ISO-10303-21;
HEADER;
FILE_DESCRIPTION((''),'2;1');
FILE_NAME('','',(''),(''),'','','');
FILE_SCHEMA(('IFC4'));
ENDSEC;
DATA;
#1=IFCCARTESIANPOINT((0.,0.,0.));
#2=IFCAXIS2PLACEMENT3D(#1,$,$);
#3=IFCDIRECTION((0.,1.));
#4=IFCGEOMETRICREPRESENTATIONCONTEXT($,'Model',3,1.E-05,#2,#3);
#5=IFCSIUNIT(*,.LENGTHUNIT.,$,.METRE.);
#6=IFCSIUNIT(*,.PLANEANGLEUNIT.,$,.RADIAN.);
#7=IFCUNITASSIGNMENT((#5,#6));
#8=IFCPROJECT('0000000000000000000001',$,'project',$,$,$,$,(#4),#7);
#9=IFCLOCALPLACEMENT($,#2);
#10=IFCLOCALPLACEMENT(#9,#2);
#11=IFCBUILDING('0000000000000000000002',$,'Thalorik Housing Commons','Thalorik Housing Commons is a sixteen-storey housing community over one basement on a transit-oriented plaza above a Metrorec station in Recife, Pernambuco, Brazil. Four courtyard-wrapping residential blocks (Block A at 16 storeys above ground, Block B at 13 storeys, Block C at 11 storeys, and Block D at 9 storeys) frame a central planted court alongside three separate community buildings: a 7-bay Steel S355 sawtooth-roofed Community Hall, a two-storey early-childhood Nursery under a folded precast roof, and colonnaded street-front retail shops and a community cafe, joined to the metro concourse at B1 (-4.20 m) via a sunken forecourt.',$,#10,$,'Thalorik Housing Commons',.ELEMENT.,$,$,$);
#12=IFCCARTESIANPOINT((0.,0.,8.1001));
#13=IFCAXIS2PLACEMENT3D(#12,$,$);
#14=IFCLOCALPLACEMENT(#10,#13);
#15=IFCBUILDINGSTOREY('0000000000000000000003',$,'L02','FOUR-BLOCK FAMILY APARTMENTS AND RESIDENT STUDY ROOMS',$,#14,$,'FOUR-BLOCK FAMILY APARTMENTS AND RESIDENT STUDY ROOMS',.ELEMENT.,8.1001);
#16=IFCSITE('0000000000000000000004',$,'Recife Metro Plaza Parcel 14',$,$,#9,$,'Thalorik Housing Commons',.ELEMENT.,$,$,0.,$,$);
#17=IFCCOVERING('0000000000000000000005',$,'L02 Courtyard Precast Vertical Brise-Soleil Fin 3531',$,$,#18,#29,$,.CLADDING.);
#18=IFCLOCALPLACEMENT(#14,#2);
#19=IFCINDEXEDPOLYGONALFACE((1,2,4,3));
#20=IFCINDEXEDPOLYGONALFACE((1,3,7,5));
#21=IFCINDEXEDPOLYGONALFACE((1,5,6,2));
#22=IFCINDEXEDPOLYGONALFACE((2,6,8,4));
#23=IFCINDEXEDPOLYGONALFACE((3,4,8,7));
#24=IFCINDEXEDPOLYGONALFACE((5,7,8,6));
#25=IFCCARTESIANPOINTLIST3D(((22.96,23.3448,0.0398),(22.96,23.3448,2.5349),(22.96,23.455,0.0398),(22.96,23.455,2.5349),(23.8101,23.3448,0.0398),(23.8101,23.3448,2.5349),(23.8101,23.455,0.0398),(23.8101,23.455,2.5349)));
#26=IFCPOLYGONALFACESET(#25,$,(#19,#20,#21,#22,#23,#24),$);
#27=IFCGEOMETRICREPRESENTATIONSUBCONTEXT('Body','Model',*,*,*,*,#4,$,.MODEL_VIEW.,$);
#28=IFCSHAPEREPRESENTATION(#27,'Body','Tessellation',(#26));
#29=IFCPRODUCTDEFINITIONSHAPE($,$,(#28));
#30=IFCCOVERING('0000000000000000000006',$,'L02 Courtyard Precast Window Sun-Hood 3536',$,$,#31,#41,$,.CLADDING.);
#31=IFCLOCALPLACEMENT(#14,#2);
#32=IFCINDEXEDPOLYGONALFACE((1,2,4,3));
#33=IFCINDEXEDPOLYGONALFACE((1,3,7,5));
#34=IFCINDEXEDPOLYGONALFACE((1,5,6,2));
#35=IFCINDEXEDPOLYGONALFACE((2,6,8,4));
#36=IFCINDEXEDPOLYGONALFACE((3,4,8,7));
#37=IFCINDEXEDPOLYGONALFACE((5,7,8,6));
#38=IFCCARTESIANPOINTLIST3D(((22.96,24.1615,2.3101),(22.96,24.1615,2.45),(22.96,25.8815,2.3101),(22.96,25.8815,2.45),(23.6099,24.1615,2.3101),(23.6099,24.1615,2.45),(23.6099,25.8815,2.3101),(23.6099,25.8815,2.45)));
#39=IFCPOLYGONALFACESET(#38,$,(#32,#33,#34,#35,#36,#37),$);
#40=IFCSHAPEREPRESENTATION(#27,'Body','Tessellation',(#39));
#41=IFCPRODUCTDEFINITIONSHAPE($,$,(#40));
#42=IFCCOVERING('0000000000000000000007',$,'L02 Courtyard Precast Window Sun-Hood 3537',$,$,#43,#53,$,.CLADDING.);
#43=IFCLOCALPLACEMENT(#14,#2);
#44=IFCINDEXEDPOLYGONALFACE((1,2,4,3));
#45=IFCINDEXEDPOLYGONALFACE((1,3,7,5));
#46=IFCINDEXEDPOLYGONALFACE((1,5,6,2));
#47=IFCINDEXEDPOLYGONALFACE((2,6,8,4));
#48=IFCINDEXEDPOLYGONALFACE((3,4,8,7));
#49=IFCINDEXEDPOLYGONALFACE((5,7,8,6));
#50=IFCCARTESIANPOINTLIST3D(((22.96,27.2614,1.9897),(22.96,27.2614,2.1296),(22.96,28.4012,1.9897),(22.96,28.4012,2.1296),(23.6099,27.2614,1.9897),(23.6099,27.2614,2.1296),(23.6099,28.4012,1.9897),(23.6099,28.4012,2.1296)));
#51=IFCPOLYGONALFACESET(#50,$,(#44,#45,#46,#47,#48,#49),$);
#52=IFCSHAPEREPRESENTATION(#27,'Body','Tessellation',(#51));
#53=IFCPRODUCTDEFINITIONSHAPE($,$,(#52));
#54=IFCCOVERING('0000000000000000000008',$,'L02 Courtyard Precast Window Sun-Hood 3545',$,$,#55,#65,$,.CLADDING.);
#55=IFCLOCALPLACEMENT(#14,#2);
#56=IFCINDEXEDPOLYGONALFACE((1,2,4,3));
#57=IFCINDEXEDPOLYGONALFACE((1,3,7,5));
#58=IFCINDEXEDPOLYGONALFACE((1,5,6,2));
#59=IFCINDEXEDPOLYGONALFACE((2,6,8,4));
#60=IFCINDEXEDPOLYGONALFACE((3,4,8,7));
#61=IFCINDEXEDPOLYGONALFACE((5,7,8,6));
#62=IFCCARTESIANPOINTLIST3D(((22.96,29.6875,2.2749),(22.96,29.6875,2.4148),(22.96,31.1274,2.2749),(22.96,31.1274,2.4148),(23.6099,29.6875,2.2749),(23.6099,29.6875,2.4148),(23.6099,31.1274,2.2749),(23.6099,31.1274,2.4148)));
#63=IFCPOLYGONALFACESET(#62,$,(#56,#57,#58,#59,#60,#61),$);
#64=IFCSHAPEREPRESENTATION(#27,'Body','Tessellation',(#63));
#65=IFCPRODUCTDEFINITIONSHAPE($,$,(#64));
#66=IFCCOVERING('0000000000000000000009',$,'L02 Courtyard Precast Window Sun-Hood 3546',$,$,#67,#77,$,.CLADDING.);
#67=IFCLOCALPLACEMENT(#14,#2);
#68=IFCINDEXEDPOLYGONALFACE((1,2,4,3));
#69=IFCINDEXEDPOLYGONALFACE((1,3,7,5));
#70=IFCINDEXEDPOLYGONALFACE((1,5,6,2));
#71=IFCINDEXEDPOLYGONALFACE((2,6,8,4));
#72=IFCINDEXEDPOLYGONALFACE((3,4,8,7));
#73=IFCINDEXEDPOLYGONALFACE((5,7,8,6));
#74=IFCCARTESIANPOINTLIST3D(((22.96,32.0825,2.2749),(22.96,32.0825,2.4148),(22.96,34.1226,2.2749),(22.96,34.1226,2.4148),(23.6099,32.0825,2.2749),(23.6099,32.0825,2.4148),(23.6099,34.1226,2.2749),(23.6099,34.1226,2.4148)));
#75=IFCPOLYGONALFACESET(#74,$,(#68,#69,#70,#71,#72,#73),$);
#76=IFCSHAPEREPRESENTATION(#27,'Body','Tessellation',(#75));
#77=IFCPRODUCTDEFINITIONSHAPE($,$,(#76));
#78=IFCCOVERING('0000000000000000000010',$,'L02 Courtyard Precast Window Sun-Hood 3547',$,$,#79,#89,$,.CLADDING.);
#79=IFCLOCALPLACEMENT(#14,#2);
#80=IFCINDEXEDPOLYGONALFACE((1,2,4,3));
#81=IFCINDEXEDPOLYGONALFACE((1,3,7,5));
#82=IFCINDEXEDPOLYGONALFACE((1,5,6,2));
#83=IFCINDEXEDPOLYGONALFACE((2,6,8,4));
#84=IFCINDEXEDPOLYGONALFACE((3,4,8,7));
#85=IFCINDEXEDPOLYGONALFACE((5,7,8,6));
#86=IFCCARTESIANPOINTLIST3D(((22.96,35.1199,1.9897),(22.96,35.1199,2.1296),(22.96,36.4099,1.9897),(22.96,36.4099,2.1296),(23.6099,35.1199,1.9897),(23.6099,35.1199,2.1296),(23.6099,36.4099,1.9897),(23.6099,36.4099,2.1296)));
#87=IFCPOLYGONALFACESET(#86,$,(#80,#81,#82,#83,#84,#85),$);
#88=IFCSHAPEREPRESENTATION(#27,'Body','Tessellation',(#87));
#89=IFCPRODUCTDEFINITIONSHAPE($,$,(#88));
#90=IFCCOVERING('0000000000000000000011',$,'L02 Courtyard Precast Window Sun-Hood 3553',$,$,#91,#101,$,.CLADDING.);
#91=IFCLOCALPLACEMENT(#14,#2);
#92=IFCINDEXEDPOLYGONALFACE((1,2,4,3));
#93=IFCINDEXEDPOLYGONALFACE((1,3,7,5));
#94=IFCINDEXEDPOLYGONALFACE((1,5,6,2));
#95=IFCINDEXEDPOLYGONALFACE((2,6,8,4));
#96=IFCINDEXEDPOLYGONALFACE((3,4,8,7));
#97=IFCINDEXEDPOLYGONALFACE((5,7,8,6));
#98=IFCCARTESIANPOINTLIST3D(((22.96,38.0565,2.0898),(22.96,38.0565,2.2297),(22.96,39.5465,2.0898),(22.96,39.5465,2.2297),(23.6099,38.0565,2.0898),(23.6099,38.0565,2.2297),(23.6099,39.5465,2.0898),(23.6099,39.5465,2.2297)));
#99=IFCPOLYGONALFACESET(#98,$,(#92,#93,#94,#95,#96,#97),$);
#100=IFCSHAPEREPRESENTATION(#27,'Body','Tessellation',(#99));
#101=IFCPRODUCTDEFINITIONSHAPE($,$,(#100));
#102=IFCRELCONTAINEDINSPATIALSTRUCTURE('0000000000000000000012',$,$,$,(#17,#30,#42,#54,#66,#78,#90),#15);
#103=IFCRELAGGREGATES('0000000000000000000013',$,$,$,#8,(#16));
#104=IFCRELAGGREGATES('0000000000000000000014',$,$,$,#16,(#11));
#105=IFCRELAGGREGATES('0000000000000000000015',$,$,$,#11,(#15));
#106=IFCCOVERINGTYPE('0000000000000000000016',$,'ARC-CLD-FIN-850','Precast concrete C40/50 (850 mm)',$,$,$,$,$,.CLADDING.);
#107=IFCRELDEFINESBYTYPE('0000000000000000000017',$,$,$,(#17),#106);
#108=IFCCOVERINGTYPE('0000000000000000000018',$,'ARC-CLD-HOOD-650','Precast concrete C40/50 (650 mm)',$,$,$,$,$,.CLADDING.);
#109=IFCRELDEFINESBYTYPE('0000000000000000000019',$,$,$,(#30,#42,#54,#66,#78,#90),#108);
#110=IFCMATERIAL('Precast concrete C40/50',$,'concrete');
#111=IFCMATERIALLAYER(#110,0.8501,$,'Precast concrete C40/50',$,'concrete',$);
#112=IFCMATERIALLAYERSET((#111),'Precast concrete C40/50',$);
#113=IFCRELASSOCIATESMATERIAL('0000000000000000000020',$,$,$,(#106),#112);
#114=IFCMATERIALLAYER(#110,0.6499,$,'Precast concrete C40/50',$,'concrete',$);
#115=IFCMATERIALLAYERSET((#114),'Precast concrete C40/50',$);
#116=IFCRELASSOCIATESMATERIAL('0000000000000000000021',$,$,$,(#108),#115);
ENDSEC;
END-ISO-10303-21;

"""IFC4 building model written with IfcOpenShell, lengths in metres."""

from ifc_helpers import new_model, si_unit, direction, frame, origin, origin_2d, place, context, subcontext, project, spatial, rectangle, extrude, material, layer, layer_set, type_object, element, save


model = new_model("IFC4")

# Units and contexts
model_context = context("Model", 3, precision=1e-05, world=origin(), true_north=direction((0.0, 1.0)))
body_context = subcontext(model_context, "Body", "Model", "MODEL_VIEW")
ifc_project = project(units=[si_unit("LENGTHUNIT", "METRE"), si_unit("PLANEANGLEUNIT", "RADIAN")], contexts=[model_context])

# Site, building, storey
site_placement = place(None, origin())
site = spatial("IfcSite", under=ifc_project, at=site_placement, Name="Recife Metro Plaza Parcel 14", LongName="Thalorik Housing Commons", CompositionType="ELEMENT", RefElevation=0.0)
building_placement = place(site_placement, origin())
building = spatial("IfcBuilding", under=site, at=building_placement, Name="Thalorik Housing Commons", Description="Thalorik Housing Commons is a sixteen-storey housing community over one basement on a transit-oriented plaza above a Metrorec station in Recife, Pernambuco, Brazil. Four courtyard-wrapping residential blocks (Block A at 16 storeys above ground, Block B at 13 storeys, Block C at 11 storeys, and Block D at 9 storeys) frame a central planted court alongside three separate community buildings: a 7-bay Steel S355 sawtooth-roofed Community Hall, a two-storey early-childhood Nursery under a folded precast roof, and colonnaded street-front retail shops and a community cafe, joined to the metro concourse at B1 (-4.20 m) via a sunken forecourt.", LongName="Thalorik Housing Commons", CompositionType="ELEMENT")
storey_placement = place(building_placement, frame((0.0, 0.0, 8.1001)))
storey = spatial("IfcBuildingStorey", under=building, at=storey_placement, Name="L02", Description="FOUR-BLOCK FAMILY APARTMENTS AND RESIDENT STUDY ROOMS", LongName="FOUR-BLOCK FAMILY APARTMENTS AND RESIDENT STUDY ROOMS", CompositionType="ELEMENT", Elevation=8.1001)

# Shared definitions
ifc_material_1 = material(Name="Precast concrete C40/50", Category="concrete")

# Coverings
ifc_layer_1 = layer(ifc_material_1, 0.8501, Name="Precast concrete C40/50", Category="concrete")
ifc_layer_set_1 = layer_set([ifc_layer_1], Name="Precast concrete C40/50")
covering_type_1 = type_object("IfcCoveringType", Name="ARC-CLD-FIN-850", Description="Precast concrete C40/50 (850 mm)", PredefinedType="CLADDING", material=ifc_layer_set_1)
covering_1_placement = place(storey_placement, frame((23.385, 23.3999, 0.0398), z_axis=(0.0, 0.0, 1.0), x_axis=(0.0, 1.0, 0.0)))
element("IfcCovering", 1, at=covering_1_placement, inside=storey, type_object=covering_type_1, Name="L02 Courtyard Precast Vertical Brise-Soleil Fin 3531", PredefinedType="CLADDING", context=body_context, shape_type="SweptSolid", body=[
    extrude(rectangle(XDim=0.1101, YDim=0.8501, at=origin_2d()), origin(), (0.0, 0.0, 1.0), 2.4951),
])
ifc_layer_2 = layer(ifc_material_1, 0.6499, Name="Precast concrete C40/50", Category="concrete")
ifc_layer_set_2 = layer_set([ifc_layer_2], Name="Precast concrete C40/50")
covering_type_2 = type_object("IfcCoveringType", Name="ARC-CLD-HOOD-650", Description="Precast concrete C40/50 (650 mm)", PredefinedType="CLADDING", material=ifc_layer_set_2)
covering_2_placement = place(storey_placement, frame((23.2849, 25.0215, 2.3101), z_axis=(0.0, 0.0, 1.0), x_axis=(0.0, 1.0, 0.0)))
element("IfcCovering", 2, at=covering_2_placement, inside=storey, type_object=covering_type_2, Name="L02 Courtyard Precast Window Sun-Hood 3536", PredefinedType="CLADDING", context=body_context, shape_type="SweptSolid", body=[
    extrude(rectangle(XDim=1.72, YDim=0.6499, at=origin_2d()), origin(), (0.0, 0.0, 1.0), 0.1399),
])
covering_3_placement = place(storey_placement, frame((23.2849, 27.8313, 1.9897), z_axis=(0.0, 0.0, 1.0), x_axis=(0.0, 1.0, 0.0)))
element("IfcCovering", 3, at=covering_3_placement, inside=storey, type_object=covering_type_2, Name="L02 Courtyard Precast Window Sun-Hood 3537", PredefinedType="CLADDING", context=body_context, shape_type="SweptSolid", body=[
    extrude(rectangle(XDim=1.1399, YDim=0.6499, at=origin_2d()), origin(), (0.0, 0.0, 1.0), 0.1399),
])
covering_4_placement = place(storey_placement, frame((23.2849, 30.4075, 2.2749), z_axis=(0.0, 0.0, 1.0), x_axis=(0.0, 1.0, 0.0)))
element("IfcCovering", 4, at=covering_4_placement, inside=storey, type_object=covering_type_2, Name="L02 Courtyard Precast Window Sun-Hood 3545", PredefinedType="CLADDING", context=body_context, shape_type="SweptSolid", body=[
    extrude(rectangle(XDim=1.4399, YDim=0.6499, at=origin_2d()), origin(), (0.0, 0.0, 1.0), 0.1399),
])
covering_5_placement = place(storey_placement, frame((23.2849, 33.1025, 2.2749), z_axis=(0.0, 0.0, 1.0), x_axis=(0.0, 1.0, 0.0)))
element("IfcCovering", 5, at=covering_5_placement, inside=storey, type_object=covering_type_2, Name="L02 Courtyard Precast Window Sun-Hood 3546", PredefinedType="CLADDING", context=body_context, shape_type="SweptSolid", body=[
    extrude(rectangle(XDim=2.04, YDim=0.6499, at=origin_2d()), origin(), (0.0, 0.0, 1.0), 0.1399),
])
covering_6_placement = place(storey_placement, frame((23.2849, 35.7649, 1.9897), z_axis=(0.0, 0.0, 1.0), x_axis=(0.0, 1.0, 0.0)))
element("IfcCovering", 6, at=covering_6_placement, inside=storey, type_object=covering_type_2, Name="L02 Courtyard Precast Window Sun-Hood 3547", PredefinedType="CLADDING", context=body_context, shape_type="SweptSolid", body=[
    extrude(rectangle(XDim=1.29, YDim=0.6499, at=origin_2d()), origin(), (0.0, 0.0, 1.0), 0.1399),
])
covering_7_placement = place(storey_placement, frame((23.2849, 38.8015, 2.0898), z_axis=(0.0, 0.0, 1.0), x_axis=(0.0, 1.0, 0.0)))
element("IfcCovering", 7, at=covering_7_placement, inside=storey, type_object=covering_type_2, Name="L02 Courtyard Precast Window Sun-Hood 3553", PredefinedType="CLADDING", context=body_context, shape_type="SweptSolid", body=[
    extrude(rectangle(XDim=1.49, YDim=0.6499, at=origin_2d()), origin(), (0.0, 0.0, 1.0), 0.1399),
])

save(model, "model.ifc")
